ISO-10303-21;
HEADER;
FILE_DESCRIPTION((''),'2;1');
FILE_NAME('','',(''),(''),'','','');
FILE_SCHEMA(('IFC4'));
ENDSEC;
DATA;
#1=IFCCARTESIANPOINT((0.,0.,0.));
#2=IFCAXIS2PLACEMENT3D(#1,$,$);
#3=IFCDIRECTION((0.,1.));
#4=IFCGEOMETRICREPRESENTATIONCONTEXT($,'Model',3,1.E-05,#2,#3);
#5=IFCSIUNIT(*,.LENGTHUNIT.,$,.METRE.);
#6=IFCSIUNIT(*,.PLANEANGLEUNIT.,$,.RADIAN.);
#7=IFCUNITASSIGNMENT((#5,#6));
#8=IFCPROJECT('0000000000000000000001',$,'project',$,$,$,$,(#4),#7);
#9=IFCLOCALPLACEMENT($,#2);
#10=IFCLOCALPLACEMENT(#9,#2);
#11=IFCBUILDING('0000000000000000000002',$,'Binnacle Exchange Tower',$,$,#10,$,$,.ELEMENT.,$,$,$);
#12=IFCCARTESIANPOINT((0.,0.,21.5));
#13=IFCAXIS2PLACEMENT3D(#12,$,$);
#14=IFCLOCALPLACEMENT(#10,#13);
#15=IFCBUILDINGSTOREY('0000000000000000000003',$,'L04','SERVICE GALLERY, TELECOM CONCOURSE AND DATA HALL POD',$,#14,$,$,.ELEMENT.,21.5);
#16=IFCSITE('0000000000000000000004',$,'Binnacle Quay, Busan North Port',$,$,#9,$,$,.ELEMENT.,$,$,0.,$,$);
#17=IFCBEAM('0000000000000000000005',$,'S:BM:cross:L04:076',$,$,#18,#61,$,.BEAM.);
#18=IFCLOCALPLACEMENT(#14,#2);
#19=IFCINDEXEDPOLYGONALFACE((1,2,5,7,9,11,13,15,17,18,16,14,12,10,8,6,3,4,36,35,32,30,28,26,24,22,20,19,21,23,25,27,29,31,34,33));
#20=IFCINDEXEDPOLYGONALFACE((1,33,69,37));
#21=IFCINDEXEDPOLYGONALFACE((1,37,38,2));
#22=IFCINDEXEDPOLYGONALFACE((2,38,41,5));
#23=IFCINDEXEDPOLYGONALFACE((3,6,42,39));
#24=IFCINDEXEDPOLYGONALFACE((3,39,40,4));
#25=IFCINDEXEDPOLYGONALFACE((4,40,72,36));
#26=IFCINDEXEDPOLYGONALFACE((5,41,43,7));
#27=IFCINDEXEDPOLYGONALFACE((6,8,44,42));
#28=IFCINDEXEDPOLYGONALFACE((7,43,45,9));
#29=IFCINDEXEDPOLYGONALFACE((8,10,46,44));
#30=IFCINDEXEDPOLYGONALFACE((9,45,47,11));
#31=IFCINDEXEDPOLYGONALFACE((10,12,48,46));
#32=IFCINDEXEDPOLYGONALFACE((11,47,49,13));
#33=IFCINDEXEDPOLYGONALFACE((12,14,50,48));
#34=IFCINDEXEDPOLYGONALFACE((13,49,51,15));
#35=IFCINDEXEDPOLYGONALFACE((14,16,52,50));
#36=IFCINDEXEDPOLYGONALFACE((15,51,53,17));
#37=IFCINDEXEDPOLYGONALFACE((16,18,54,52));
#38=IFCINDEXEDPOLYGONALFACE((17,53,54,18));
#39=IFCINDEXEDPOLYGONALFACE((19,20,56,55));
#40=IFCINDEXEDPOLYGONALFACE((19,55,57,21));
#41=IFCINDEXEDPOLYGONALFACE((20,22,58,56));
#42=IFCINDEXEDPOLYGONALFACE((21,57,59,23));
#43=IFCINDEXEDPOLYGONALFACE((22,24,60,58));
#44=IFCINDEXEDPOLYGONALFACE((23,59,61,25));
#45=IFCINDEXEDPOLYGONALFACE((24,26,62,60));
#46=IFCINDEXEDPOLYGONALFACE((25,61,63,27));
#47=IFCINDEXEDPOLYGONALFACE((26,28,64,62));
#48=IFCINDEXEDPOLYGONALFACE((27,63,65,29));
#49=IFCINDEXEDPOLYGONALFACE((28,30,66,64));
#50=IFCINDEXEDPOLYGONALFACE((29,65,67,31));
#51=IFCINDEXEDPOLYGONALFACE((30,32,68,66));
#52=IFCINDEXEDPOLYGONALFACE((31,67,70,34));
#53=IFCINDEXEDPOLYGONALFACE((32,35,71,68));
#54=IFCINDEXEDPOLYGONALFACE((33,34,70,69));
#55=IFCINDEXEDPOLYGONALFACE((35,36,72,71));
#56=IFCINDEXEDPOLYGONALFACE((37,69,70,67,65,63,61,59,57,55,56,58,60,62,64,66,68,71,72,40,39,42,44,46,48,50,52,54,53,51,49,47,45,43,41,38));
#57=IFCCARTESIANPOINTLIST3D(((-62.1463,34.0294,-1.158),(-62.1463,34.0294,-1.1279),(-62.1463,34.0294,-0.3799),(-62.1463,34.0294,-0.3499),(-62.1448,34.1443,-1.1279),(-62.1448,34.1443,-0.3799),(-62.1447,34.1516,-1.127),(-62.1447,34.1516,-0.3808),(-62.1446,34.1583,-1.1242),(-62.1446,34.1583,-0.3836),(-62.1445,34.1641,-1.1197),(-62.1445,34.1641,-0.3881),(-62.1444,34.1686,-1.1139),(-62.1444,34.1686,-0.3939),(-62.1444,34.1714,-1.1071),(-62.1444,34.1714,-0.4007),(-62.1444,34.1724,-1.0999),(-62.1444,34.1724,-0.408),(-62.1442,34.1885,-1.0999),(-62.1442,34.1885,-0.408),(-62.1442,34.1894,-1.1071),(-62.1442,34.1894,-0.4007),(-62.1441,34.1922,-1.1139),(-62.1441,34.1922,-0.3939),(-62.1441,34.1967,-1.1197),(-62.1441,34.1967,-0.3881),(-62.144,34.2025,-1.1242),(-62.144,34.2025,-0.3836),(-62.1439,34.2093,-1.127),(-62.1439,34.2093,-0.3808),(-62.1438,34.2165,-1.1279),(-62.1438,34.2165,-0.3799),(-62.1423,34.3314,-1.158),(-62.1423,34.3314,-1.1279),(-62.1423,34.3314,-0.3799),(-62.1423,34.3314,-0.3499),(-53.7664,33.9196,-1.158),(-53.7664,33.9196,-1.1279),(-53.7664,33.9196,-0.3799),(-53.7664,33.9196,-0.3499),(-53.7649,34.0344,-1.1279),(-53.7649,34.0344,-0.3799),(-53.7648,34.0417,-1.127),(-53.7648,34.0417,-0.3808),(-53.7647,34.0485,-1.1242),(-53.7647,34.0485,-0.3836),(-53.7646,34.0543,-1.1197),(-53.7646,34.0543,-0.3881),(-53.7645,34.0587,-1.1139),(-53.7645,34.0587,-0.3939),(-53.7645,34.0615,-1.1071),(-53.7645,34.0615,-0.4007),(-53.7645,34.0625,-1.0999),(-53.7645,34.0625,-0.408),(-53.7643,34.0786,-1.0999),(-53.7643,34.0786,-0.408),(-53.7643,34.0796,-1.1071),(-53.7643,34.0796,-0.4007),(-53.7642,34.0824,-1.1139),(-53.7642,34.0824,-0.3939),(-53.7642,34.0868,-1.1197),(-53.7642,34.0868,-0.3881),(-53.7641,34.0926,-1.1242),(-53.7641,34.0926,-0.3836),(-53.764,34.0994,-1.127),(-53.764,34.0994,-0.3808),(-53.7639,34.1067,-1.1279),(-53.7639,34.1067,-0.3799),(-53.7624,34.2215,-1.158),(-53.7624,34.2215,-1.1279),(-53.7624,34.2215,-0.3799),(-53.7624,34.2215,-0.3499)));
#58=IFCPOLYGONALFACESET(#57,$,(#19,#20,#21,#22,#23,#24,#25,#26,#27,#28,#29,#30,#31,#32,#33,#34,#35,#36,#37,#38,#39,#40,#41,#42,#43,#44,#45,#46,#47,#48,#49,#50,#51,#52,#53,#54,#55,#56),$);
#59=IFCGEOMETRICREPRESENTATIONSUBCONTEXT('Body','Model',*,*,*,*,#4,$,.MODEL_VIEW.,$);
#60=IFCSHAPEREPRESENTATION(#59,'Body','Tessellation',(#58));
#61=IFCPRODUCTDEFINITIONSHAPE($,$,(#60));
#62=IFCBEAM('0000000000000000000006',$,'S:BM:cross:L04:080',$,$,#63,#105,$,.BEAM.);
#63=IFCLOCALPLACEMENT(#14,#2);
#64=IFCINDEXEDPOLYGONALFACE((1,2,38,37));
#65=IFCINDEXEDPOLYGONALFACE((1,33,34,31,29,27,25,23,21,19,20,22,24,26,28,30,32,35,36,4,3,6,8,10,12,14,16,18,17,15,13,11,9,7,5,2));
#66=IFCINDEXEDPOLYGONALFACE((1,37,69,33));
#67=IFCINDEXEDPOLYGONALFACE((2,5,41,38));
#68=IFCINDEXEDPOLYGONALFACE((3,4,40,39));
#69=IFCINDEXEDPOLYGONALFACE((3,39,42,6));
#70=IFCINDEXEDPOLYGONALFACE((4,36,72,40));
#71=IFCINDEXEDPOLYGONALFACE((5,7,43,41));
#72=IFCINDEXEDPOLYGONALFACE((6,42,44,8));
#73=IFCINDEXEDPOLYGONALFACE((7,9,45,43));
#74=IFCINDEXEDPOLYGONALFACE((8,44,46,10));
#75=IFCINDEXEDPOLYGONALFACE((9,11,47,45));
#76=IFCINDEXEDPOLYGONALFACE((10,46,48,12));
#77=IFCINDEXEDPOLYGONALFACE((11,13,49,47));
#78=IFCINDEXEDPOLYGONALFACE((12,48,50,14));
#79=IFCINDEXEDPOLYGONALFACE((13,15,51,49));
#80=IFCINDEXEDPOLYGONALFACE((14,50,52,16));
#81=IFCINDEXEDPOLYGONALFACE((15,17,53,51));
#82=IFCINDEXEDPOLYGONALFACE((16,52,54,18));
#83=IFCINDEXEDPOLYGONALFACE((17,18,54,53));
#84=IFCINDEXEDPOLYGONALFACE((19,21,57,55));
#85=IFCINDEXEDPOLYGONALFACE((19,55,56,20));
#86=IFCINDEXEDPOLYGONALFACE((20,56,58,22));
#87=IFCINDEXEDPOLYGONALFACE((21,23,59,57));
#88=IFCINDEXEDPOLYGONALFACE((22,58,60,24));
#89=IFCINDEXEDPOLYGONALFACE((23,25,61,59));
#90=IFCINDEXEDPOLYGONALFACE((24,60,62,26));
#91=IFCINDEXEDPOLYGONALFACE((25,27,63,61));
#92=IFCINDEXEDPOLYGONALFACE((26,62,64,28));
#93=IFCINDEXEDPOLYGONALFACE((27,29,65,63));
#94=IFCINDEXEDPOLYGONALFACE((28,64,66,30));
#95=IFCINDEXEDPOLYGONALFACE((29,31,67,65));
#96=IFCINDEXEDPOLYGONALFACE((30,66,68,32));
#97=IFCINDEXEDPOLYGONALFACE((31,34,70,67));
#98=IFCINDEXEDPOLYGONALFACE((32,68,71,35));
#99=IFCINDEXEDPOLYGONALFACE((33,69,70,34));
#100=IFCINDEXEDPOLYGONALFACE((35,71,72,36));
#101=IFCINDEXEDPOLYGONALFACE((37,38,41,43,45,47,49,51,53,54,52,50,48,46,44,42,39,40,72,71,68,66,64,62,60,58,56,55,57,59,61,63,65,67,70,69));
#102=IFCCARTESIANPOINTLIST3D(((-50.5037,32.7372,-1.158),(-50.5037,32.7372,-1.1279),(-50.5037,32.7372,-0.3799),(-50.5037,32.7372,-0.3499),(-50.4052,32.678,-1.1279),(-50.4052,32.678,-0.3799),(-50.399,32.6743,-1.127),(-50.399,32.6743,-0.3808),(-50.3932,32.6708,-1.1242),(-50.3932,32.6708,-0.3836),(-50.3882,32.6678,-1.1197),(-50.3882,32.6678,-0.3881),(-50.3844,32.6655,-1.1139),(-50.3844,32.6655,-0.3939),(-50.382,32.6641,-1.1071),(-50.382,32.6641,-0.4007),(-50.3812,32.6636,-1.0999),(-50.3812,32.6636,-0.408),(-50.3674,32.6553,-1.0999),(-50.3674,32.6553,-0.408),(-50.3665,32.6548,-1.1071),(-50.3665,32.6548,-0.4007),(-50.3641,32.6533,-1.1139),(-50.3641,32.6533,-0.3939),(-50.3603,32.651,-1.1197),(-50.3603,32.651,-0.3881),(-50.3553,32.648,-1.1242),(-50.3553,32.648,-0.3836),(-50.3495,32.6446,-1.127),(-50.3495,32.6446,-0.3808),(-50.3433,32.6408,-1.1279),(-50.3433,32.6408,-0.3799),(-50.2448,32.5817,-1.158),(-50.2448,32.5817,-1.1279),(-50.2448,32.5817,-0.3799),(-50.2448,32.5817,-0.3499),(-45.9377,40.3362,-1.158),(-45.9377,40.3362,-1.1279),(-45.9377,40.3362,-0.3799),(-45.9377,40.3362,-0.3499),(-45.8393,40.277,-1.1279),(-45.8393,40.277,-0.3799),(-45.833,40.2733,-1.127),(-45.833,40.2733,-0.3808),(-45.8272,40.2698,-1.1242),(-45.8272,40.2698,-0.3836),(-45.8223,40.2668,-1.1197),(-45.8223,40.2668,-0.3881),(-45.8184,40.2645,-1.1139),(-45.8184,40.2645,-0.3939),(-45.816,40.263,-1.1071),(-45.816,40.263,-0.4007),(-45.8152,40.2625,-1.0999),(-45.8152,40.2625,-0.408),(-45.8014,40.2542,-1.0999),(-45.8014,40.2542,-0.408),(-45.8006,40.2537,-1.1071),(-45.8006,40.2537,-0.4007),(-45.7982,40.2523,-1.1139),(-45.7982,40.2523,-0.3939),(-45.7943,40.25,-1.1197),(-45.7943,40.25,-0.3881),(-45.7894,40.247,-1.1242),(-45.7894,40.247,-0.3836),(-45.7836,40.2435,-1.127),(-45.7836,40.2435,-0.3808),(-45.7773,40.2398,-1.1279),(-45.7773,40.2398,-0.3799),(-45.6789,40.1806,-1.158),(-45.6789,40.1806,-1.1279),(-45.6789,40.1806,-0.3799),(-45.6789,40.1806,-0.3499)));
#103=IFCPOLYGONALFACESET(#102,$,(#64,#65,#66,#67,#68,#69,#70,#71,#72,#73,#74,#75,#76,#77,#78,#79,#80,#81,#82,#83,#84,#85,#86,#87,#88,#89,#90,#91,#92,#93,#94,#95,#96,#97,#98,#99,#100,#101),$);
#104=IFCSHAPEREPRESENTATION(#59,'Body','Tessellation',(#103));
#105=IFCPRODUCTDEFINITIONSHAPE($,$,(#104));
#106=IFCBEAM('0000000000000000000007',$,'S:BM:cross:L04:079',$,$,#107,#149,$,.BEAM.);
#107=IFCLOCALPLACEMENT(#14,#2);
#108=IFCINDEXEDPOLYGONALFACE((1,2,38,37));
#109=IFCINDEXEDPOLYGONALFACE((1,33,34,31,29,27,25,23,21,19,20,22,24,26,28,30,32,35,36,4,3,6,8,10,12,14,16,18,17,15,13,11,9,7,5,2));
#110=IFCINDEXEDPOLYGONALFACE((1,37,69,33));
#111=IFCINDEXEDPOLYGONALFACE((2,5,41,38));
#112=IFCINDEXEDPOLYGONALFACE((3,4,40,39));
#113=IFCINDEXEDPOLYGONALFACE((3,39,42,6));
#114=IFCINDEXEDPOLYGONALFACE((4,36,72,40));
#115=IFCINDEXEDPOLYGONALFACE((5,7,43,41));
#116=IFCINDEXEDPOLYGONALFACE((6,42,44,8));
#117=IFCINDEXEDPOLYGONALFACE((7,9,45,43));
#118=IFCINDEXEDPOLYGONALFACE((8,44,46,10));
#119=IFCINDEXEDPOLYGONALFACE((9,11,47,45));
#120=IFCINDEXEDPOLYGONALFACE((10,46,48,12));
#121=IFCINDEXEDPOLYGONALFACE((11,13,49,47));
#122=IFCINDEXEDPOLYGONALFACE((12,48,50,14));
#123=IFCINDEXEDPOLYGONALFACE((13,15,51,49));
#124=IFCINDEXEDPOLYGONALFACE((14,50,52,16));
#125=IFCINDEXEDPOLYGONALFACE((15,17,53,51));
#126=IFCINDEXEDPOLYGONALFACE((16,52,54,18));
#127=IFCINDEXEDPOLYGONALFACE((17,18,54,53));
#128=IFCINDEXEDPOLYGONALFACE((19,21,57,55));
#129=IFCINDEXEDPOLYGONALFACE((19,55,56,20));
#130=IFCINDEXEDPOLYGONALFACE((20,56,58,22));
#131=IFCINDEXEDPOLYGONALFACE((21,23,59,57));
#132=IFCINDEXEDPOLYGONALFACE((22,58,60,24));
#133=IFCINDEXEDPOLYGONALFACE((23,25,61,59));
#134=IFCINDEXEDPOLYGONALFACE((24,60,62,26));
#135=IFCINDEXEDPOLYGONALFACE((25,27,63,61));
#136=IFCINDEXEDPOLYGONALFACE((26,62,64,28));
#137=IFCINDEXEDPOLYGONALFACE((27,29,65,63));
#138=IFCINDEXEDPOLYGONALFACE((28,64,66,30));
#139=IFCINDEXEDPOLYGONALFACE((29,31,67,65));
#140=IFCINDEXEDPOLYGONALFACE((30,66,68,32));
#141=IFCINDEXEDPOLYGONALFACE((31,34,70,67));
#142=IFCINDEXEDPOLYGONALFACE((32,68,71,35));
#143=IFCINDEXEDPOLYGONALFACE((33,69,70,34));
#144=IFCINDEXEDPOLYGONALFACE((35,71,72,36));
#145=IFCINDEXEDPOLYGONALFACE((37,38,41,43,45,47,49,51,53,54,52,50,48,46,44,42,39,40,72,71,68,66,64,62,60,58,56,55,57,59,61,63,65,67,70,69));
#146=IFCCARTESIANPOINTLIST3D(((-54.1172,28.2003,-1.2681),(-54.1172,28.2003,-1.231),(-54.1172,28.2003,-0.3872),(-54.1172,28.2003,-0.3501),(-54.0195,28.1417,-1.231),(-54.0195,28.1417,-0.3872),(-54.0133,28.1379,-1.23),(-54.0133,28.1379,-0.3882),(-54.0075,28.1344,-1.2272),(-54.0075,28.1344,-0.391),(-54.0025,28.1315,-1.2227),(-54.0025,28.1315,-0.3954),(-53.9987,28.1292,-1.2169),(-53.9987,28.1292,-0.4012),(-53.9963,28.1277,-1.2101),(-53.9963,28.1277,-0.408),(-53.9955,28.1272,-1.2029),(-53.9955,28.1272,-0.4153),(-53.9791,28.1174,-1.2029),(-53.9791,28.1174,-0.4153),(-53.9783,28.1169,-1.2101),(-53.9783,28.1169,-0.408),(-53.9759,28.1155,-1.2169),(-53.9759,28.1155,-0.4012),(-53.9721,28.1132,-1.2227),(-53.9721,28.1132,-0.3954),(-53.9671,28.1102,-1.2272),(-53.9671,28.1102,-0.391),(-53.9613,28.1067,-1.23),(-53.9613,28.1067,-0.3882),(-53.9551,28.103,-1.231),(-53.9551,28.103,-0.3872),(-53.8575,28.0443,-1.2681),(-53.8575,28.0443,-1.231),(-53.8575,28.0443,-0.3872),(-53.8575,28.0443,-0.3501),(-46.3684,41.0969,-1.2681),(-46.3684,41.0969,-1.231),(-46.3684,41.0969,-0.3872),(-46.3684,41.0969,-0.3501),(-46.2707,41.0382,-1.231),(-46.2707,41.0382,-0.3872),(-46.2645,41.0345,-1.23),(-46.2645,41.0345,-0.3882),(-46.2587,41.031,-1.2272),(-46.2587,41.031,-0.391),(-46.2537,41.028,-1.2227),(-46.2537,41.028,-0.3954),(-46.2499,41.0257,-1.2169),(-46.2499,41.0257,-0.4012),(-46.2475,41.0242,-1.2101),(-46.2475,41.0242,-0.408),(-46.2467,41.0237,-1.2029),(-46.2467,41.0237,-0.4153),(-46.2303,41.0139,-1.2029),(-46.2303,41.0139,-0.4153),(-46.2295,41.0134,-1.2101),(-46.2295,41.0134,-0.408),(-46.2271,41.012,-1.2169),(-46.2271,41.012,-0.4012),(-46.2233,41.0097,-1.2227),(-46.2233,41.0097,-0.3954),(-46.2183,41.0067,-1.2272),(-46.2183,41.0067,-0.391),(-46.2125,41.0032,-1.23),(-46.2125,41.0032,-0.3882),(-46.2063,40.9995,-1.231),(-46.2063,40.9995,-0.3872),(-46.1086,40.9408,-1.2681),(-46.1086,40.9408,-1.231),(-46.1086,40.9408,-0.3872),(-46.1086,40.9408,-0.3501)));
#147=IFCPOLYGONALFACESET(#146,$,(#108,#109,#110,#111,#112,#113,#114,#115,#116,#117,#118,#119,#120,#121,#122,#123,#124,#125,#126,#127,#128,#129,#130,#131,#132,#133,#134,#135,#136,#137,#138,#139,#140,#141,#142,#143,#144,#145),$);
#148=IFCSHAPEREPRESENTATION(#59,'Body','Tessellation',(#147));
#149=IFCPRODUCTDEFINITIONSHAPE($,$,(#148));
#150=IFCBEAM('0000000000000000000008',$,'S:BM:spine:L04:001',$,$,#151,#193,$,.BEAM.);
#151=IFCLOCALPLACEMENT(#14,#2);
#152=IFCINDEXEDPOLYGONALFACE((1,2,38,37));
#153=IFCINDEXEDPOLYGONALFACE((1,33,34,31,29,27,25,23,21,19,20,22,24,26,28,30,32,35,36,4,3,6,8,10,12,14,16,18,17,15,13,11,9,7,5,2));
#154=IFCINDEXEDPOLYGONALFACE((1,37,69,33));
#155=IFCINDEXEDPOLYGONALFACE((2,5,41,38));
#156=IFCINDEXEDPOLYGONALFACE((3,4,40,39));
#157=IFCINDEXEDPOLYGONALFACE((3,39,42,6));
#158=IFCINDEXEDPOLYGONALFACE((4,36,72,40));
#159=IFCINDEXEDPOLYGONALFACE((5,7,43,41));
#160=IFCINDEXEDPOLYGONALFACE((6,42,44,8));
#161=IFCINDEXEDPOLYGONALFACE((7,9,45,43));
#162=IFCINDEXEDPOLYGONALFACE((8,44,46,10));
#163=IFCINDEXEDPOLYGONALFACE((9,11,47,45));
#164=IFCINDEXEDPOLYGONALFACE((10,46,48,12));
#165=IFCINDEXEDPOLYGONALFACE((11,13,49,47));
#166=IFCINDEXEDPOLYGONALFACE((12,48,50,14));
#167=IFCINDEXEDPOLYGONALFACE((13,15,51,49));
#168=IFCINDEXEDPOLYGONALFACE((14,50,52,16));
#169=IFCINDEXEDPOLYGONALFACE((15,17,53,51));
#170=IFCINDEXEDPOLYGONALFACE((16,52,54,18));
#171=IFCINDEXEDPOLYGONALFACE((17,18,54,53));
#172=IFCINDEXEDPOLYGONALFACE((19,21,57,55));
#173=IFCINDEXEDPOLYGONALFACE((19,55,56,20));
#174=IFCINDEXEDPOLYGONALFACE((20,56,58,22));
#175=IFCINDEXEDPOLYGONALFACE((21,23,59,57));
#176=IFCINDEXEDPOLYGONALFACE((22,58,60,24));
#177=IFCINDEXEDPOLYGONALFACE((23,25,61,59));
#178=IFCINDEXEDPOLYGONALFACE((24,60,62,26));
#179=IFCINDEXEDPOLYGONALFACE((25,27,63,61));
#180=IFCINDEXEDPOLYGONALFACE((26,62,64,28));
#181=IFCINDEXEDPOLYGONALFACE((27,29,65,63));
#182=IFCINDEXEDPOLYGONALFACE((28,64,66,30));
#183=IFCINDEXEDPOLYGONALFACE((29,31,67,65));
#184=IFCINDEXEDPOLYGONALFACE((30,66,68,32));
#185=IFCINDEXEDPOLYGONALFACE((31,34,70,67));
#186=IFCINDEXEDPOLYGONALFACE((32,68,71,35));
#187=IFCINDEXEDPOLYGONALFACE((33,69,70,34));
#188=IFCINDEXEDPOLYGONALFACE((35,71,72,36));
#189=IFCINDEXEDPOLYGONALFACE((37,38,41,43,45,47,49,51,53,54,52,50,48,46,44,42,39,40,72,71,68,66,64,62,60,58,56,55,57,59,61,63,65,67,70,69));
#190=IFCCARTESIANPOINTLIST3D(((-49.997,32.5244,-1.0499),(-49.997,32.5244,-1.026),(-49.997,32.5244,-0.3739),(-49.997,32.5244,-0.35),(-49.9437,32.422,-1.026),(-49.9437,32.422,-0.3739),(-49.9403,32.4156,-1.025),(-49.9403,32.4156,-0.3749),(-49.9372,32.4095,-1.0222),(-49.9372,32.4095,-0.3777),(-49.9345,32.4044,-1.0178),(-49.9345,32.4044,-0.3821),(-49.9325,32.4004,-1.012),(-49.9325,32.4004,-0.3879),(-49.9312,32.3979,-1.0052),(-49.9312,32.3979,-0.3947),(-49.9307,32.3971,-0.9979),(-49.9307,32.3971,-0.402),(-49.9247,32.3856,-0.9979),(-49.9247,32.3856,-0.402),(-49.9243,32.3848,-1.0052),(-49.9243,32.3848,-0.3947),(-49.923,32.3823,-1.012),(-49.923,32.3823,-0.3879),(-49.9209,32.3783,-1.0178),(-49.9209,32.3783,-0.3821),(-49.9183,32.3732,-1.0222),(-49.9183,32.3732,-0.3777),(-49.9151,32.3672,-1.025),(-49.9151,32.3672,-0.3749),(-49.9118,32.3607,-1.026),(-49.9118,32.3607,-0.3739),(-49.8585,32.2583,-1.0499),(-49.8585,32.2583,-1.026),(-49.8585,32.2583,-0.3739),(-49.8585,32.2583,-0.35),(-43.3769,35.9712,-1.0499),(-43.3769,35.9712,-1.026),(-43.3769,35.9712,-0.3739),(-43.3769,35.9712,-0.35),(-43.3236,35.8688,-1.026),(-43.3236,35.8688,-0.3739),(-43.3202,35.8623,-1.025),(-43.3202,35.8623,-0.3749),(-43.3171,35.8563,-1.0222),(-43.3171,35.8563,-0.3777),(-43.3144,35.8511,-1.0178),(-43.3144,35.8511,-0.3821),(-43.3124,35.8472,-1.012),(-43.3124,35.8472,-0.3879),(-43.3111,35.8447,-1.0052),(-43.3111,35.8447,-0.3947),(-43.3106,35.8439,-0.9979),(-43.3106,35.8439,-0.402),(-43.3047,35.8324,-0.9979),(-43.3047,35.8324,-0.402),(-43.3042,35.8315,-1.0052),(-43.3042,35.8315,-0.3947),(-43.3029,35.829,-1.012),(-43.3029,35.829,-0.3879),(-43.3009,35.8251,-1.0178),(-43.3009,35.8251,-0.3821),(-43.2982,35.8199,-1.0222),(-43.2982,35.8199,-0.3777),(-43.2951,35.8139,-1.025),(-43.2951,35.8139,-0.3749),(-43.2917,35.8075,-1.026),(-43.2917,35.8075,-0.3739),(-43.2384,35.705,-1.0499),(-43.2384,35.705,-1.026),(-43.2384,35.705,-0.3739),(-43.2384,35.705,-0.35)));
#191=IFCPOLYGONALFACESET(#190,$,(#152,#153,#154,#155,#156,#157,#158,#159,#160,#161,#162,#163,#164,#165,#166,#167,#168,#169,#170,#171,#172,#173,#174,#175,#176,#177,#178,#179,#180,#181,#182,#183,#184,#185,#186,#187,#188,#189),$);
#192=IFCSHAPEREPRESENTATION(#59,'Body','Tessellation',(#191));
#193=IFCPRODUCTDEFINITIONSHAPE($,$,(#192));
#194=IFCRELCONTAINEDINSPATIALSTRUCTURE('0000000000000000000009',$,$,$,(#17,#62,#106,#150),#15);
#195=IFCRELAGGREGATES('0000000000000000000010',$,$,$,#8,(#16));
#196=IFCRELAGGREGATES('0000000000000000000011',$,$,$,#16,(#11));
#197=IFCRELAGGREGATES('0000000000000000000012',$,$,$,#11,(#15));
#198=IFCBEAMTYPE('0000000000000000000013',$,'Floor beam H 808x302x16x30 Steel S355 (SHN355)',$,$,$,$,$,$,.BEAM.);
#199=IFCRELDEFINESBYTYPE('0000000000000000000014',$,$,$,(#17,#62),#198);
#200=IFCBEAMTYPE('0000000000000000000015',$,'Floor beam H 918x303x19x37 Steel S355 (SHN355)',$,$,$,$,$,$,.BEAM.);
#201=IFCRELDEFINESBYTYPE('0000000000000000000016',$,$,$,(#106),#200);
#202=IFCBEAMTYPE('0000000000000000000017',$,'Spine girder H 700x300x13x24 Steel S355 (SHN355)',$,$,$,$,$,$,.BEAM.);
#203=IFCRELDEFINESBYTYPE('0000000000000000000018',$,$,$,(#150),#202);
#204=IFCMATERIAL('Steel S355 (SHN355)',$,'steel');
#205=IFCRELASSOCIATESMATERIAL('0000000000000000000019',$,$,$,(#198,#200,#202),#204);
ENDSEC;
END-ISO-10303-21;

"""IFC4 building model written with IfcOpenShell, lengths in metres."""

from ifc_helpers import new_model, si_unit, direction, frame, origin, origin_2d, place, context, subcontext, project, spatial, i_section, extrude, material, material_profile, profile_set, type_object, element, save


model = new_model("IFC4")

# Units and contexts
model_context = context("Model", 3, precision=1e-05, world=origin(), true_north=direction((0.0, 1.0)))
body_context = subcontext(model_context, "Body", "Model", "MODEL_VIEW")
ifc_project = project(units=[si_unit("LENGTHUNIT", "METRE"), si_unit("PLANEANGLEUNIT", "RADIAN")], contexts=[model_context])

# Site, building, storey
site_placement = place(None, origin())
site = spatial("IfcSite", under=ifc_project, at=site_placement, Name="Binnacle Quay, Busan North Port", CompositionType="ELEMENT", RefElevation=0.0)
building_placement = place(site_placement, origin())
building = spatial("IfcBuilding", under=site, at=building_placement, Name="Binnacle Exchange Tower", CompositionType="ELEMENT")
storey_placement = place(building_placement, frame((0.0, 0.0, 21.5)))
storey = spatial("IfcBuildingStorey", under=building, at=storey_placement, Name="L04", Description="SERVICE GALLERY, TELECOM CONCOURSE AND DATA HALL POD", CompositionType="ELEMENT", Elevation=21.5)

# Beams
ifc_material_1 = material(Name="Steel S355 (SHN355)", Category="steel")
ifc_material_profile_1 = material_profile(ifc_material_1, i_section(OverallWidth=0.302, OverallDepth=0.8081, WebThickness=0.0161, FlangeThickness=0.03, FilletRadius=0.0281, at=origin_2d()), Name="H 808x302x16x30")
ifc_profile_set_1 = profile_set([ifc_material_profile_1], Name="Steel S355 (SHN355)")
beam_type_1 = type_object("IfcBeamType", Name="Floor beam H 808x302x16x30 Steel S355 (SHN355)", PredefinedType="BEAM", material=ifc_profile_set_1)
beam_1_placement = place(storey_placement, frame((-62.1443, 34.1804, -0.7539), z_axis=(0.999914, -0.013109, 0.0), x_axis=(0.013109, 0.999914, 0.0)))
element("IfcBeam", 1, at=beam_1_placement, inside=storey, type_object=beam_type_1, Name="S:BM:cross:L04:076", PredefinedType="BEAM", context=body_context, shape_type="SweptSolid", body=[
    extrude(i_section(OverallWidth=0.302, OverallDepth=0.8081, WebThickness=0.0161, FlangeThickness=0.03, FilletRadius=0.0281, at=origin_2d()), origin(), (0.0, 0.0, 1.0), 8.3806),
])
beam_2_placement = place(storey_placement, frame((-50.3743, 32.6594, -0.7539), z_axis=(0.515042, 0.857165, 0.0), x_axis=(-0.857165, 0.515042, 0.0)))
element("IfcBeam", 2, at=beam_2_placement, inside=storey, type_object=beam_type_1, Name="S:BM:cross:L04:080", PredefinedType="BEAM", context=body_context, shape_type="SweptSolid", body=[
    extrude(i_section(OverallWidth=0.302, OverallDepth=0.8081, WebThickness=0.0161, FlangeThickness=0.03, FilletRadius=0.0281, at=origin_2d()), origin(), (0.0, 0.0, 1.0), 8.8652),
])
ifc_material_profile_2 = material_profile(ifc_material_1, i_section(OverallWidth=0.303, OverallDepth=0.918, WebThickness=0.019, FlangeThickness=0.0371, FilletRadius=0.0281, at=origin_2d()), Name="H 918x303x19x37")
ifc_profile_set_2 = profile_set([ifc_material_profile_2], Name="Steel S355 (SHN355)")
beam_type_2 = type_object("IfcBeamType", Name="Floor beam H 918x303x19x37 Steel S355 (SHN355)", PredefinedType="BEAM", material=ifc_profile_set_2)
beam_3_placement = place(storey_placement, frame((-53.9873, 28.1223, -0.8091), z_axis=(0.515028, 0.857173, 0.0), x_axis=(-0.857173, 0.515028, 0.0)))
element("IfcBeam", 3, at=beam_3_placement, inside=storey, type_object=beam_type_2, Name="S:BM:cross:L04:079", PredefinedType="BEAM", context=body_context, shape_type="SweptSolid", body=[
    extrude(i_section(OverallWidth=0.303, OverallDepth=0.918, WebThickness=0.019, FlangeThickness=0.0371, FilletRadius=0.0281, at=origin_2d()), origin(), (0.0, 0.0, 1.0), 15.0454),
])
ifc_material_profile_3 = material_profile(ifc_material_1, i_section(OverallWidth=0.3, OverallDepth=0.7, WebThickness=0.0129, FlangeThickness=0.0239, FilletRadius=0.0281, at=origin_2d()), Name="H 700x300x13x24")
ifc_profile_set_3 = profile_set([ifc_material_profile_3], Name="Steel S355 (SHN355)")
beam_type_3 = type_object("IfcBeamType", Name="Spine girder H 700x300x13x24 Steel S355 (SHN355)", PredefinedType="BEAM", material=ifc_profile_set_3)
beam_4_placement = place(storey_placement, frame((-49.9277, 32.3914, -0.7), z_axis=(0.88698, 0.461808, 0.0), x_axis=(-0.461808, 0.88698, 0.0)))
element("IfcBeam", 4, at=beam_4_placement, inside=storey, type_object=beam_type_3, Name="S:BM:spine:L04:001", PredefinedType="BEAM", context=body_context, shape_type="SweptSolid", body=[
    extrude(i_section(OverallWidth=0.3, OverallDepth=0.7, WebThickness=0.0129, FlangeThickness=0.0239, FilletRadius=0.0281, at=origin_2d()), origin(), (0.0, 0.0, 1.0), 7.4636),
])

save(model, "model.ifc")
